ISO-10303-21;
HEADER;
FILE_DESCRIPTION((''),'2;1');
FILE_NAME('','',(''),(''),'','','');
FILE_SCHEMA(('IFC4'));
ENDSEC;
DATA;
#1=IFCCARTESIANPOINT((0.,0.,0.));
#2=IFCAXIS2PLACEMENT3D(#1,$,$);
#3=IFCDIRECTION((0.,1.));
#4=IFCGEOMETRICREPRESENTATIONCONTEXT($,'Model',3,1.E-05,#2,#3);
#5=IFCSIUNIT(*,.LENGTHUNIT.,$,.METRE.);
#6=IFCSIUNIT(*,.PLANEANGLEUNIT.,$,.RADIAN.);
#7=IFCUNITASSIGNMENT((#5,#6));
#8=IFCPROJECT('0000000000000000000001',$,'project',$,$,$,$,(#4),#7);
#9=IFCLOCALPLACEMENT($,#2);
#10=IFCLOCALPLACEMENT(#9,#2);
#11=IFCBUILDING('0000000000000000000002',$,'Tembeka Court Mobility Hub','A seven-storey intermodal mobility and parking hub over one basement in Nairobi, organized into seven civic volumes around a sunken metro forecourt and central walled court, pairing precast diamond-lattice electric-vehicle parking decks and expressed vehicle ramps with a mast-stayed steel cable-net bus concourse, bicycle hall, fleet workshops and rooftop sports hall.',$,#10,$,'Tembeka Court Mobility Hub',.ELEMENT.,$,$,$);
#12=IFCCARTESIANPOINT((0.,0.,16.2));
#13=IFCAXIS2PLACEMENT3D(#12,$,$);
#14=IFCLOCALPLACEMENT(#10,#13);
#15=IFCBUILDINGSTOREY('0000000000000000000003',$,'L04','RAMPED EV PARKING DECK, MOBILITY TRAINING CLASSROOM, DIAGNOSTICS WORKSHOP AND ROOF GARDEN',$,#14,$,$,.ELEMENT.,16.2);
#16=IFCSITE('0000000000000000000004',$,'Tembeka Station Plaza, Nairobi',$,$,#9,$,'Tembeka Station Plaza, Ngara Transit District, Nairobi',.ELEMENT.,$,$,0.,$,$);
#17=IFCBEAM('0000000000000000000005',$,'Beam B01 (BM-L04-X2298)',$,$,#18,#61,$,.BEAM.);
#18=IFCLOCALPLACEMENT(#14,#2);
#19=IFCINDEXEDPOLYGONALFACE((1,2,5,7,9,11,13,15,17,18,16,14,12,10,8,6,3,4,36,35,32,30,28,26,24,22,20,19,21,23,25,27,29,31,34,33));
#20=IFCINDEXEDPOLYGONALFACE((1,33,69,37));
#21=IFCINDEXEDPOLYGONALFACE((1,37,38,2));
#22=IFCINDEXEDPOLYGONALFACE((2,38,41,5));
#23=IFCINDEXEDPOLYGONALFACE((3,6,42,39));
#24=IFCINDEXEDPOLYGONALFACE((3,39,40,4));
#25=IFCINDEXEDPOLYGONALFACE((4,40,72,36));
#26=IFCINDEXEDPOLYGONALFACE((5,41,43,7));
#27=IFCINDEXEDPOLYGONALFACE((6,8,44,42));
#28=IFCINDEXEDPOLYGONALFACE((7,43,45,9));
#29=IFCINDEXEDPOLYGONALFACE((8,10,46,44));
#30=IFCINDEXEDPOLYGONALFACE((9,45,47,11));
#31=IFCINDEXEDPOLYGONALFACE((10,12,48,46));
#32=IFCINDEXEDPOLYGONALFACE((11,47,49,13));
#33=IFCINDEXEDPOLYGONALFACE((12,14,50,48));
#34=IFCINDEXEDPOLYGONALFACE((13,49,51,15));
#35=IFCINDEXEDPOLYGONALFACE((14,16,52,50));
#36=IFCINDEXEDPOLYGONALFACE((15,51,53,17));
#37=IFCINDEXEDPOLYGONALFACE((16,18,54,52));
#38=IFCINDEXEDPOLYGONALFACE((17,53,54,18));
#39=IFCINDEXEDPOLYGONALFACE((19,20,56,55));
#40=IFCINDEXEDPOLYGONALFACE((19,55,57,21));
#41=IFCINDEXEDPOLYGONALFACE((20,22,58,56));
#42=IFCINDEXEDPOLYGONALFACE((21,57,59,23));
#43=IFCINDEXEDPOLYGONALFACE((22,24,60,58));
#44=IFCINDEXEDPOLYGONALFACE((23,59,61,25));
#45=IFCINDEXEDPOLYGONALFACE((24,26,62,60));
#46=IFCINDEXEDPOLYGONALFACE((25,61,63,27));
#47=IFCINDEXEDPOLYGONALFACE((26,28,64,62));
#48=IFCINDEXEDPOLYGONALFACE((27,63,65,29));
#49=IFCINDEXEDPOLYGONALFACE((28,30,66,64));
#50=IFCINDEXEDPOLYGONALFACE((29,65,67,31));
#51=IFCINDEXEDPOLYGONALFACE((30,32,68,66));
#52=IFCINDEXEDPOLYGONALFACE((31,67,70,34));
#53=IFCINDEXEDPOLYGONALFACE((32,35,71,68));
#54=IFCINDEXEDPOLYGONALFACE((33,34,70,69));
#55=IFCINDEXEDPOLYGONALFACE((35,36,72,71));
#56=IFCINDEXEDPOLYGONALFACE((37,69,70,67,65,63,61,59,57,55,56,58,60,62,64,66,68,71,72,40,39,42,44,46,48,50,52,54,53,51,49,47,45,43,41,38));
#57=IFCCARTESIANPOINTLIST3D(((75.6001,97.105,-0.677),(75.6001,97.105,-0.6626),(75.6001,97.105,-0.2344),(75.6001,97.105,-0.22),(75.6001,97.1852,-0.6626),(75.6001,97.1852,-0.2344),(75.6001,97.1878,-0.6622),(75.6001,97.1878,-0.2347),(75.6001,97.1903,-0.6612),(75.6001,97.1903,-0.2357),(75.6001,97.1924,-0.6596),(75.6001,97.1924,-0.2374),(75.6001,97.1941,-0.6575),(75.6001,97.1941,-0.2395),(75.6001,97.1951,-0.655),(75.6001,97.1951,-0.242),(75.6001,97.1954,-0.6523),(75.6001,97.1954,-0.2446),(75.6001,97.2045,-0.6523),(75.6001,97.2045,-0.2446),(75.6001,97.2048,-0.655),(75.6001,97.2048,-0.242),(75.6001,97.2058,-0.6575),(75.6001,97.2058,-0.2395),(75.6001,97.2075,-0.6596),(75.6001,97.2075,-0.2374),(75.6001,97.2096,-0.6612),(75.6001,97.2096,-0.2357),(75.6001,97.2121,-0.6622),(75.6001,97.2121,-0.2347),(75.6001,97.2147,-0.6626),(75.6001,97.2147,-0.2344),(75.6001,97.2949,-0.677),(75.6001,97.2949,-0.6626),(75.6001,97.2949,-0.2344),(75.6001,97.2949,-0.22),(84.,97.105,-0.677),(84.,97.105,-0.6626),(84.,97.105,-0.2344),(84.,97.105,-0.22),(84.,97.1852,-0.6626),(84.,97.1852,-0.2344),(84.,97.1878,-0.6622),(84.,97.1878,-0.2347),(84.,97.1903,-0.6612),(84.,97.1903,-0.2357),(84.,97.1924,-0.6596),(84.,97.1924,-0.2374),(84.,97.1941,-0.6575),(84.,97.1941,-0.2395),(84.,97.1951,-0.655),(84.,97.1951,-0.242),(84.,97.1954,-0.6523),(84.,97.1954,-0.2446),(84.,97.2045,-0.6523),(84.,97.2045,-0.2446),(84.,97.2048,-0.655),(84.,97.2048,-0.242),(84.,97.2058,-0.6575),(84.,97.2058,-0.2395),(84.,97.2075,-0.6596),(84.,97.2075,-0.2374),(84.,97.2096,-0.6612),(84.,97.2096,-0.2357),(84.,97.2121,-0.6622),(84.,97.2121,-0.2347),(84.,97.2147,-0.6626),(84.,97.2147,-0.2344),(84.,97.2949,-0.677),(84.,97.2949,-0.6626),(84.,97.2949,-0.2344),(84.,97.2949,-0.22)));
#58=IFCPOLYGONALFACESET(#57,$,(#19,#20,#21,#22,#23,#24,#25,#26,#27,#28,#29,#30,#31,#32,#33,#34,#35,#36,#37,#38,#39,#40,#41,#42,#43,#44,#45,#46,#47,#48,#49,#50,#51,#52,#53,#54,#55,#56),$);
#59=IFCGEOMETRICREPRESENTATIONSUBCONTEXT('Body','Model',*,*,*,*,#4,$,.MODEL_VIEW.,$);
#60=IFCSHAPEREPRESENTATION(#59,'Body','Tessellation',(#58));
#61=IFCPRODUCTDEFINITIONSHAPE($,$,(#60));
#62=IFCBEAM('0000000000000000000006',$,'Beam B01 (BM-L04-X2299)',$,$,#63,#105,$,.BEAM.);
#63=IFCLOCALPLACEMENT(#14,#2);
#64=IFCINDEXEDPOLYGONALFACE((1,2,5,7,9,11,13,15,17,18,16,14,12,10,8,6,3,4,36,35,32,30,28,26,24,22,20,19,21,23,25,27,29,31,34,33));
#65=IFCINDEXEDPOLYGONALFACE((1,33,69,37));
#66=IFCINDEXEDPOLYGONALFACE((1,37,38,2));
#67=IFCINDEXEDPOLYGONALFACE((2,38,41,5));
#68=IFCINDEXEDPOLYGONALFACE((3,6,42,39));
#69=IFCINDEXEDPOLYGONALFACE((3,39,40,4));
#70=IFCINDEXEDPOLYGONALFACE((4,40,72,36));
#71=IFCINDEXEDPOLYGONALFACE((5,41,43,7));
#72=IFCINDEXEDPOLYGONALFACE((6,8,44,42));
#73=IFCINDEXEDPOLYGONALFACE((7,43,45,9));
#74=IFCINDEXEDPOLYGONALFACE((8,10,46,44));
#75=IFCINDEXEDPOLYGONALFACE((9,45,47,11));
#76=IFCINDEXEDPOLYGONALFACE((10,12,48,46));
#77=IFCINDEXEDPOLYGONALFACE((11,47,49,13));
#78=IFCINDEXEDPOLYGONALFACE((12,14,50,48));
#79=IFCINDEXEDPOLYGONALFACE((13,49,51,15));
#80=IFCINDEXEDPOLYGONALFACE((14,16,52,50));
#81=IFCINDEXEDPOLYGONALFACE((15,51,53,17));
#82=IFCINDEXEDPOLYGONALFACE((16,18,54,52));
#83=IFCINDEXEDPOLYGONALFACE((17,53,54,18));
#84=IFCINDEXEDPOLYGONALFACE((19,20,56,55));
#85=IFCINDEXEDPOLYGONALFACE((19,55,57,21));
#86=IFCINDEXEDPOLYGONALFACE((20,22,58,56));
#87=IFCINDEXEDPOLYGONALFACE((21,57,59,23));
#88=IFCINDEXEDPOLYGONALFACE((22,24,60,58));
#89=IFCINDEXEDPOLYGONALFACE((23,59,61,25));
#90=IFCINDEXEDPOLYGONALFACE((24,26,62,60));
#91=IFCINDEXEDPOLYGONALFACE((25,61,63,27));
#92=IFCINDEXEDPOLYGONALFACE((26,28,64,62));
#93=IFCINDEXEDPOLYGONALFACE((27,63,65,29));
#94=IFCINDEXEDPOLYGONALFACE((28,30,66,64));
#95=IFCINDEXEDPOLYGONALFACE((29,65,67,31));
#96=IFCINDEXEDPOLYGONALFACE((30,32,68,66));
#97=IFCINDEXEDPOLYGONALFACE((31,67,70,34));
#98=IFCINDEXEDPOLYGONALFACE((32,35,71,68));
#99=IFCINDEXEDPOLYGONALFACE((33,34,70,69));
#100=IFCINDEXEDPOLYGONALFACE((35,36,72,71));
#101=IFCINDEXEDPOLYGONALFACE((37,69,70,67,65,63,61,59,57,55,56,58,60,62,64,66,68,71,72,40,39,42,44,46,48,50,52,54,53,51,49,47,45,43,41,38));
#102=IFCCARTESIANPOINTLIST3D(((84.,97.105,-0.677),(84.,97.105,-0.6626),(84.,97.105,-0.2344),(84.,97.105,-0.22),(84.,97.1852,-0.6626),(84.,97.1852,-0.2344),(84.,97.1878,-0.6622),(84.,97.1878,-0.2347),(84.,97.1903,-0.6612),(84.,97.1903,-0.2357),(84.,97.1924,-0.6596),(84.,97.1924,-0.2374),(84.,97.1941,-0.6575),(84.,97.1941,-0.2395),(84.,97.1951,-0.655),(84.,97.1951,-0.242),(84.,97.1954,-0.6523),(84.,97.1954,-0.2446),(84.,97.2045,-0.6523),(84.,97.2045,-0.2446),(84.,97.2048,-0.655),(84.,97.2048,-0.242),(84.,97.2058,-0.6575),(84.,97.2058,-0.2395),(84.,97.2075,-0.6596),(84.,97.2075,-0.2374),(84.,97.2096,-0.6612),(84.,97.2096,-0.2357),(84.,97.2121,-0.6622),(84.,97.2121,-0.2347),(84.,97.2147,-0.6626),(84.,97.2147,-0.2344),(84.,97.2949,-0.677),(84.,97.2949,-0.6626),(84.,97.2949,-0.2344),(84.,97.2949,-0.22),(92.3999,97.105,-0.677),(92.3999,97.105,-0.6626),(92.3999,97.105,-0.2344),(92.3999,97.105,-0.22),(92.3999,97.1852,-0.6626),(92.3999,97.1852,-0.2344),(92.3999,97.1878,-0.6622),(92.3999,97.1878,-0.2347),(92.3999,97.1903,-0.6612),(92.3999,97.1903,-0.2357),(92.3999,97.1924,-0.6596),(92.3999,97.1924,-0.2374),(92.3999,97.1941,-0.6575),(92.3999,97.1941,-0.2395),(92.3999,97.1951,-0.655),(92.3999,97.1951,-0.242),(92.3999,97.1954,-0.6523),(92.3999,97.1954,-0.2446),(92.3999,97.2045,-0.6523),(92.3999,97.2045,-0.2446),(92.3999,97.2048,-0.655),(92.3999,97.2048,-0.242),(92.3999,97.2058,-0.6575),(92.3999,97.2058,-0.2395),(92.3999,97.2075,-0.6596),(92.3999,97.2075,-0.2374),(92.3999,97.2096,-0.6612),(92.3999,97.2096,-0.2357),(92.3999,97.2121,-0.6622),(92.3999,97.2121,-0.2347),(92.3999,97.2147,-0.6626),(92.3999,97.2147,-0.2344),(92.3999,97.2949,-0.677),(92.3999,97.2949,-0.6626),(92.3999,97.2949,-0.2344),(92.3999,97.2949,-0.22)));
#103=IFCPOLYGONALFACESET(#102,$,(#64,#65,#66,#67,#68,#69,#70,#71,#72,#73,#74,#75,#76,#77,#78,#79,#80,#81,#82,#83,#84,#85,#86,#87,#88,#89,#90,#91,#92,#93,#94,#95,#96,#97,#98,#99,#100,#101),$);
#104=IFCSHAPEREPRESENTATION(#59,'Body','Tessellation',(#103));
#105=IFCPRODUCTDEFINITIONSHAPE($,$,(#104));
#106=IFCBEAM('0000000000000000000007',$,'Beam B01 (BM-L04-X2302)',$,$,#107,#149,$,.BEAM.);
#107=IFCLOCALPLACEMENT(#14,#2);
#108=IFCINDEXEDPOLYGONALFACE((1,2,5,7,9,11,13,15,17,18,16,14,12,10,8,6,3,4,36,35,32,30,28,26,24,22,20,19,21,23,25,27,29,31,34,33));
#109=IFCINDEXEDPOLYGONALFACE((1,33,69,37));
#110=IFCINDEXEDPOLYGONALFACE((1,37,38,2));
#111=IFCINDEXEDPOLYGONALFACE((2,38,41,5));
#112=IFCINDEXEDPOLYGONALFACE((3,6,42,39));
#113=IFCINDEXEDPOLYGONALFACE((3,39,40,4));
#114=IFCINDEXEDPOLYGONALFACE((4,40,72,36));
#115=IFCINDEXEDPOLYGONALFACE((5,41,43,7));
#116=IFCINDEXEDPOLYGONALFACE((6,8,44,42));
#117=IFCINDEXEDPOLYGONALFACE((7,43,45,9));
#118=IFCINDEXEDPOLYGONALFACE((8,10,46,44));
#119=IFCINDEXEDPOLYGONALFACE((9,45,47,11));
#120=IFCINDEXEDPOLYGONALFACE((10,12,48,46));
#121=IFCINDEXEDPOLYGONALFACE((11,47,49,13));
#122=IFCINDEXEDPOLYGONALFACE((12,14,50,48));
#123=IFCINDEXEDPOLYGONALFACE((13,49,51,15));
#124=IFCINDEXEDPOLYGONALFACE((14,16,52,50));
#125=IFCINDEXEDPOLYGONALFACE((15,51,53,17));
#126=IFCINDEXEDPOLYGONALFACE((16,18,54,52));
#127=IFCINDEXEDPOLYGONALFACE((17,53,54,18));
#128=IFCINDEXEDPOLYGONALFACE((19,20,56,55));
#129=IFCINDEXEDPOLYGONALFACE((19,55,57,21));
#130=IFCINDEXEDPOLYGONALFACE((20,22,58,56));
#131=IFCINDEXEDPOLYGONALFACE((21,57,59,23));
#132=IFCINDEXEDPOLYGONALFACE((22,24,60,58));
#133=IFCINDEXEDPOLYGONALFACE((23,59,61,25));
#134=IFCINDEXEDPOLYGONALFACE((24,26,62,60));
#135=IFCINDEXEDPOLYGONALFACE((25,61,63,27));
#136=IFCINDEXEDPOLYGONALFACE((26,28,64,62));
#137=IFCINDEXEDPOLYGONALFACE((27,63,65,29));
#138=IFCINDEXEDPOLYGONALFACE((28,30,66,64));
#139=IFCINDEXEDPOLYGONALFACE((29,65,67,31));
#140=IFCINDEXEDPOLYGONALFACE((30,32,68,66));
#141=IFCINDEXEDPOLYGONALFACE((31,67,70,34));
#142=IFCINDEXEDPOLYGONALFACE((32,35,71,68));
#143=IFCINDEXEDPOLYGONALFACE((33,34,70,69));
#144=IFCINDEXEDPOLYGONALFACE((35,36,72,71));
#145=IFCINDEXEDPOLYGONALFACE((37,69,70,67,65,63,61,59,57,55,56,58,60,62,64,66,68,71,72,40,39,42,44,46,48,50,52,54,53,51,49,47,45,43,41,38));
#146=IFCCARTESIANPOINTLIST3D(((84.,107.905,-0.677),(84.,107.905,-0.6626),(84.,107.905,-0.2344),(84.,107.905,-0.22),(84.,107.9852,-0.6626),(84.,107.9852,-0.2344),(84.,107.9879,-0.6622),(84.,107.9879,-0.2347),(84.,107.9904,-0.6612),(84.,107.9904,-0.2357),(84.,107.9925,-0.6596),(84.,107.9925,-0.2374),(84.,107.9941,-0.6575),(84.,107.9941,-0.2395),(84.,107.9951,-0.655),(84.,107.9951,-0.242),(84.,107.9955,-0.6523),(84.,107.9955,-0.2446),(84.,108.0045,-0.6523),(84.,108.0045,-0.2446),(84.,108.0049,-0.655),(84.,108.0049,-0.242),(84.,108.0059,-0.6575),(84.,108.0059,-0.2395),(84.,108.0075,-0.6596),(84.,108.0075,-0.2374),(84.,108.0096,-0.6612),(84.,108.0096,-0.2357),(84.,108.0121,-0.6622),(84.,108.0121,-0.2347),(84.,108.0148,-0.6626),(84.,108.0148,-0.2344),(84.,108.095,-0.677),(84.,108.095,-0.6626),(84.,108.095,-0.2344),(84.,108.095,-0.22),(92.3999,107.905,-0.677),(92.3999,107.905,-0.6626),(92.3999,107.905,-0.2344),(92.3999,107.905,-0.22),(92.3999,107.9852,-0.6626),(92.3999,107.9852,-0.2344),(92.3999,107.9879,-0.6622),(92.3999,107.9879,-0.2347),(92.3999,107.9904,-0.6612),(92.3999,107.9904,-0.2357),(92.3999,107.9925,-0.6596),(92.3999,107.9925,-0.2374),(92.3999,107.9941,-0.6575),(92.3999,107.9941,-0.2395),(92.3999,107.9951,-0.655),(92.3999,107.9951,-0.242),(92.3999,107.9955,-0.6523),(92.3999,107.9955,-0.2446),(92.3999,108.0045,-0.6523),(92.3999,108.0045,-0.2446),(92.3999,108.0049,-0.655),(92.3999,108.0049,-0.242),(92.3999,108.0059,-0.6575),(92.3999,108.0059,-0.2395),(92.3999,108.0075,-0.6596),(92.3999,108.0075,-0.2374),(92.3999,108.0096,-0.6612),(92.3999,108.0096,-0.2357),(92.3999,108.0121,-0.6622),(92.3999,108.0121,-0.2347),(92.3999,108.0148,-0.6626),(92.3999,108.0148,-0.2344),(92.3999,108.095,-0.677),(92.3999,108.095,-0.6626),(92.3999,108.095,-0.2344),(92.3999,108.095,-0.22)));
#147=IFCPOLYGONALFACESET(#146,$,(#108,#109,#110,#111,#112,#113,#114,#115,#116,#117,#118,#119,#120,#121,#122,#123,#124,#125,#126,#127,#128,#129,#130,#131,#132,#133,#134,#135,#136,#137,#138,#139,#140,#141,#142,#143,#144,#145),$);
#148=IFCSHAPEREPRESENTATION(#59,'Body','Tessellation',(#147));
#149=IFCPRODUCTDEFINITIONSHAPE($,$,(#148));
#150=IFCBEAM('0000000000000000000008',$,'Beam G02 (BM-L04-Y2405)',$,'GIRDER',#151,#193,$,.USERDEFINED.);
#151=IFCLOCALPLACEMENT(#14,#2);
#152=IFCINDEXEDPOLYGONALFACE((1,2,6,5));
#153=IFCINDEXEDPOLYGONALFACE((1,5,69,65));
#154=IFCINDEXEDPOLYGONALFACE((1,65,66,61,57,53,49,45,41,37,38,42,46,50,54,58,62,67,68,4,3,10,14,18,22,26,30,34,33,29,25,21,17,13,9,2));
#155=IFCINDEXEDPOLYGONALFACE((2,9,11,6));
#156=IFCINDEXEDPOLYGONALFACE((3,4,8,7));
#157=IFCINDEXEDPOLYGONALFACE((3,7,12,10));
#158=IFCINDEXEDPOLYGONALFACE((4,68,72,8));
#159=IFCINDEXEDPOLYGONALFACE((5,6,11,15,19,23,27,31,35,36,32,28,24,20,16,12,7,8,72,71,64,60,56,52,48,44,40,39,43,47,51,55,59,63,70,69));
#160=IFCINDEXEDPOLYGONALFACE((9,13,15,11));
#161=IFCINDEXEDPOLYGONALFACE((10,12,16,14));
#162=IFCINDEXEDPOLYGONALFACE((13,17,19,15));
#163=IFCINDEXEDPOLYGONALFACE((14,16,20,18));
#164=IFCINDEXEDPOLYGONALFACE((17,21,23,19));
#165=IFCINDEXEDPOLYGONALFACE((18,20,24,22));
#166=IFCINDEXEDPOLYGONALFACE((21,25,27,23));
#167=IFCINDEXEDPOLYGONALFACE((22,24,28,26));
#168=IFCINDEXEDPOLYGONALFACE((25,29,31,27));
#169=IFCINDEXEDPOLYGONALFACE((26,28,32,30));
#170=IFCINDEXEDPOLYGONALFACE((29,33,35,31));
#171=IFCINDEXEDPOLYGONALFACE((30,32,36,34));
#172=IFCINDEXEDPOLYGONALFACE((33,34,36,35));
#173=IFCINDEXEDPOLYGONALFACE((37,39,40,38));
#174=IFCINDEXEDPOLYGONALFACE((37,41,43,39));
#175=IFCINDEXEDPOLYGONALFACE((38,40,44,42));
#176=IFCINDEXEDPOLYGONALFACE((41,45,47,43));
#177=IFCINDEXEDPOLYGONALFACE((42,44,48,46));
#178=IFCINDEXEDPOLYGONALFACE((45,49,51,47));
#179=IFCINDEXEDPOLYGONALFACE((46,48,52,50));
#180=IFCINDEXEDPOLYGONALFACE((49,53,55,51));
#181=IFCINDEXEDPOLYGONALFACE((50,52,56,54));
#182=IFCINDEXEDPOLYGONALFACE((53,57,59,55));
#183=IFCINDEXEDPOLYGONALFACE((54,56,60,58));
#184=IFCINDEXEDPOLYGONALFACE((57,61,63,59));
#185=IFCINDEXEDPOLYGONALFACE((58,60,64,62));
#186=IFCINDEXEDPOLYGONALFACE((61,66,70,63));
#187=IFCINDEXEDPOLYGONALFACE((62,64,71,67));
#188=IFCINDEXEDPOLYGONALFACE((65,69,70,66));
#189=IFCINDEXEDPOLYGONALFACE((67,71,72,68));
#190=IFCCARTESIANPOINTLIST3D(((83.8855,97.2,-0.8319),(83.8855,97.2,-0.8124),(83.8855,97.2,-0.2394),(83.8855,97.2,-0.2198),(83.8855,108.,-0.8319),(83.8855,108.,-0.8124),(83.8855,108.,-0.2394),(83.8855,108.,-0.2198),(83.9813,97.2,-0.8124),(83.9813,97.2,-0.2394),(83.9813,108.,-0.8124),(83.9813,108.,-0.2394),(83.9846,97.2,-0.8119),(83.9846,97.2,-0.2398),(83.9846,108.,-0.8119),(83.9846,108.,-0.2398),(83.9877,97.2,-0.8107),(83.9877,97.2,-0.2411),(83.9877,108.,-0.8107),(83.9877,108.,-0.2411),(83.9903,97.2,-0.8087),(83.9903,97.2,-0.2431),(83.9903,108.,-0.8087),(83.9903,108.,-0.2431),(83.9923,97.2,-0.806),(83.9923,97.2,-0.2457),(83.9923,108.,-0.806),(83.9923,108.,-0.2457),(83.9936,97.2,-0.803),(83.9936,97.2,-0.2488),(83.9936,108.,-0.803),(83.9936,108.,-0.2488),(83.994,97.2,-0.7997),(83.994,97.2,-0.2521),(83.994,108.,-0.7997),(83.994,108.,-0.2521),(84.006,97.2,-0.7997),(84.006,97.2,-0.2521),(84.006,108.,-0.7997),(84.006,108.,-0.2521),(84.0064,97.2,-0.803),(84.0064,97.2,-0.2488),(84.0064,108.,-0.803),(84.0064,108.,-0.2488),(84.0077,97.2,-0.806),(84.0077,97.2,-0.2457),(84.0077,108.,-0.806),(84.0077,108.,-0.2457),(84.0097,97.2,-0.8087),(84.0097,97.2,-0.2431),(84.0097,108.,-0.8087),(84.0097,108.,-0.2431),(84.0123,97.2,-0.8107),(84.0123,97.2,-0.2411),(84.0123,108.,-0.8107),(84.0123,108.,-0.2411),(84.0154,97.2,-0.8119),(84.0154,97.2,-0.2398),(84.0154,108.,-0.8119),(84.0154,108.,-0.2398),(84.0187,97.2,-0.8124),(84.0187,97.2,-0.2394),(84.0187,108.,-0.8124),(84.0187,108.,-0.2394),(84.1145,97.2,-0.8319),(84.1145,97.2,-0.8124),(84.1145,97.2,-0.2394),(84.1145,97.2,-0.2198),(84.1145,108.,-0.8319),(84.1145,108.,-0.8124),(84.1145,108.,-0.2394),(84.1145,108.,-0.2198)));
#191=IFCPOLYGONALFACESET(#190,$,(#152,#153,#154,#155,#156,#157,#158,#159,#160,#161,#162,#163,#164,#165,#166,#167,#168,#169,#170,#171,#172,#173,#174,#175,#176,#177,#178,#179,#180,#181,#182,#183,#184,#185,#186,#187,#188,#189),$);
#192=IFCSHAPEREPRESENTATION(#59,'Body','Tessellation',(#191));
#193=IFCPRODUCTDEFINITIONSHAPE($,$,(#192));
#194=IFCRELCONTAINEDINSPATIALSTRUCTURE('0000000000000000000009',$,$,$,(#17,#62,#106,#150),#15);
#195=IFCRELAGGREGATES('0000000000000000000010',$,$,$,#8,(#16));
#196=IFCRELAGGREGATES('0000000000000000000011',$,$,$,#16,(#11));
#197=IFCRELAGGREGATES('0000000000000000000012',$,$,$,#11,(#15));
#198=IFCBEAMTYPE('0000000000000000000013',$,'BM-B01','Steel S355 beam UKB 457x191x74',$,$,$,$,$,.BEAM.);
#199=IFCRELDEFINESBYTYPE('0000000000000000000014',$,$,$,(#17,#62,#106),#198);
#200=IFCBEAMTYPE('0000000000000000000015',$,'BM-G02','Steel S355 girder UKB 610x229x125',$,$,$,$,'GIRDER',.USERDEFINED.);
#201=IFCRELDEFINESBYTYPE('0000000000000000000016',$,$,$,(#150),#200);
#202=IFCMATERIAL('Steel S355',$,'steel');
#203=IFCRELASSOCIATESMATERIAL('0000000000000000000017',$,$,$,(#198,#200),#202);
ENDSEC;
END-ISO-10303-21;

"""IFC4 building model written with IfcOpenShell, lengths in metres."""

from ifc_helpers import new_model, si_unit, direction, frame, origin, origin_2d, place, context, subcontext, project, spatial, i_section, extrude, material, material_profile, profile_set, type_object, element, save


model = new_model("IFC4")

# Units and contexts
model_context = context("Model", 3, precision=1e-05, world=origin(), true_north=direction((0.0, 1.0)))
body_context = subcontext(model_context, "Body", "Model", "MODEL_VIEW")
ifc_project = project(units=[si_unit("LENGTHUNIT", "METRE"), si_unit("PLANEANGLEUNIT", "RADIAN")], contexts=[model_context])

# Site, building, storey
site_placement = place(None, origin())
site = spatial("IfcSite", under=ifc_project, at=site_placement, Name="Tembeka Station Plaza, Nairobi", LongName="Tembeka Station Plaza, Ngara Transit District, Nairobi", CompositionType="ELEMENT", RefElevation=0.0)
building_placement = place(site_placement, origin())
building = spatial("IfcBuilding", under=site, at=building_placement, Name="Tembeka Court Mobility Hub", Description="A seven-storey intermodal mobility and parking hub over one basement in Nairobi, organized into seven civic volumes around a sunken metro forecourt and central walled court, pairing precast diamond-lattice electric-vehicle parking decks and expressed vehicle ramps with a mast-stayed steel cable-net bus concourse, bicycle hall, fleet workshops and rooftop sports hall.", LongName="Tembeka Court Mobility Hub", CompositionType="ELEMENT")
storey_placement = place(building_placement, frame((0.0, 0.0, 16.2)))
storey = spatial("IfcBuildingStorey", under=building, at=storey_placement, Name="L04", Description="RAMPED EV PARKING DECK, MOBILITY TRAINING CLASSROOM, DIAGNOSTICS WORKSHOP AND ROOF GARDEN", CompositionType="ELEMENT", Elevation=16.2)

# Shared definitions
ifc_material_1 = material(Name="Steel S355", Category="steel")

# Beams
ifc_material_profile_1 = material_profile(ifc_material_1, i_section(OverallWidth=0.1899, OverallDepth=0.457, WebThickness=0.009, FlangeThickness=0.0144, FilletRadius=0.0103, at=origin_2d()), Name="UKB 457x191x74")
ifc_profile_set_1 = profile_set([ifc_material_profile_1], Name="Steel S355")
beam_type_1 = type_object("IfcBeamType", Name="BM-B01", Description="Steel S355 beam UKB 457x191x74", PredefinedType="BEAM", material=ifc_profile_set_1)
for number, where, z_axis, x_axis, name in (
    (1, (75.6001, 97.2, -0.4485), (1.0, 0.0, 0.0), (0.0, 1.0, 0.0), "Beam B01 (BM-L04-X2298)"),
    (2, (84.0, 97.2, -0.4485), (1.0, 0.0, 0.0), (0.0, 1.0, 0.0), "Beam B01 (BM-L04-X2299)"),
    (3, (84.0, 108.0, -0.4485), (1.0, 0.0, 0.0), (0.0, 1.0, 0.0), "Beam B01 (BM-L04-X2302)"),
):
    element("IfcBeam", number, at=place(storey_placement, frame(where, z_axis=z_axis, x_axis=x_axis)), inside=storey, type_object=beam_type_1, Name=name, PredefinedType="BEAM", context=body_context, shape_type="SweptSolid", body=[
        extrude(i_section(OverallWidth=0.1899, OverallDepth=0.457, WebThickness=0.009, FlangeThickness=0.0144, FilletRadius=0.0103, at=origin_2d()), origin(), (0.0, 0.0, 1.0), 8.3999),
    ])
ifc_material_profile_2 = material_profile(ifc_material_1, i_section(OverallWidth=0.229, OverallDepth=0.6121, WebThickness=0.012, FlangeThickness=0.0195, FilletRadius=0.0127, at=origin_2d()), Name="UKB 610x229x125")
ifc_profile_set_2 = profile_set([ifc_material_profile_2], Name="Steel S355")
beam_type_2 = type_object("IfcBeamType", Name="BM-G02", Description="Steel S355 girder UKB 610x229x125", ElementType="GIRDER", PredefinedType="USERDEFINED", material=ifc_profile_set_2)
for number, where, z_axis, x_axis, name in (
    (4, (84.0, 97.2, -0.5259), (0.0, 1.0, 0.0), (-1.0, 0.0, 0.0), "Beam G02 (BM-L04-Y2405)"),
):
    element("IfcBeam", number, at=place(storey_placement, frame(where, z_axis=z_axis, x_axis=x_axis)), inside=storey, type_object=beam_type_2, Name=name, ObjectType="GIRDER", PredefinedType="USERDEFINED", context=body_context, shape_type="SweptSolid", body=[
        extrude(i_section(OverallWidth=0.229, OverallDepth=0.6121, WebThickness=0.012, FlangeThickness=0.0195, FilletRadius=0.0127, at=origin_2d()), origin(), (0.0, 0.0, 1.0), 10.8),
    ])

save(model, "model.ifc")
